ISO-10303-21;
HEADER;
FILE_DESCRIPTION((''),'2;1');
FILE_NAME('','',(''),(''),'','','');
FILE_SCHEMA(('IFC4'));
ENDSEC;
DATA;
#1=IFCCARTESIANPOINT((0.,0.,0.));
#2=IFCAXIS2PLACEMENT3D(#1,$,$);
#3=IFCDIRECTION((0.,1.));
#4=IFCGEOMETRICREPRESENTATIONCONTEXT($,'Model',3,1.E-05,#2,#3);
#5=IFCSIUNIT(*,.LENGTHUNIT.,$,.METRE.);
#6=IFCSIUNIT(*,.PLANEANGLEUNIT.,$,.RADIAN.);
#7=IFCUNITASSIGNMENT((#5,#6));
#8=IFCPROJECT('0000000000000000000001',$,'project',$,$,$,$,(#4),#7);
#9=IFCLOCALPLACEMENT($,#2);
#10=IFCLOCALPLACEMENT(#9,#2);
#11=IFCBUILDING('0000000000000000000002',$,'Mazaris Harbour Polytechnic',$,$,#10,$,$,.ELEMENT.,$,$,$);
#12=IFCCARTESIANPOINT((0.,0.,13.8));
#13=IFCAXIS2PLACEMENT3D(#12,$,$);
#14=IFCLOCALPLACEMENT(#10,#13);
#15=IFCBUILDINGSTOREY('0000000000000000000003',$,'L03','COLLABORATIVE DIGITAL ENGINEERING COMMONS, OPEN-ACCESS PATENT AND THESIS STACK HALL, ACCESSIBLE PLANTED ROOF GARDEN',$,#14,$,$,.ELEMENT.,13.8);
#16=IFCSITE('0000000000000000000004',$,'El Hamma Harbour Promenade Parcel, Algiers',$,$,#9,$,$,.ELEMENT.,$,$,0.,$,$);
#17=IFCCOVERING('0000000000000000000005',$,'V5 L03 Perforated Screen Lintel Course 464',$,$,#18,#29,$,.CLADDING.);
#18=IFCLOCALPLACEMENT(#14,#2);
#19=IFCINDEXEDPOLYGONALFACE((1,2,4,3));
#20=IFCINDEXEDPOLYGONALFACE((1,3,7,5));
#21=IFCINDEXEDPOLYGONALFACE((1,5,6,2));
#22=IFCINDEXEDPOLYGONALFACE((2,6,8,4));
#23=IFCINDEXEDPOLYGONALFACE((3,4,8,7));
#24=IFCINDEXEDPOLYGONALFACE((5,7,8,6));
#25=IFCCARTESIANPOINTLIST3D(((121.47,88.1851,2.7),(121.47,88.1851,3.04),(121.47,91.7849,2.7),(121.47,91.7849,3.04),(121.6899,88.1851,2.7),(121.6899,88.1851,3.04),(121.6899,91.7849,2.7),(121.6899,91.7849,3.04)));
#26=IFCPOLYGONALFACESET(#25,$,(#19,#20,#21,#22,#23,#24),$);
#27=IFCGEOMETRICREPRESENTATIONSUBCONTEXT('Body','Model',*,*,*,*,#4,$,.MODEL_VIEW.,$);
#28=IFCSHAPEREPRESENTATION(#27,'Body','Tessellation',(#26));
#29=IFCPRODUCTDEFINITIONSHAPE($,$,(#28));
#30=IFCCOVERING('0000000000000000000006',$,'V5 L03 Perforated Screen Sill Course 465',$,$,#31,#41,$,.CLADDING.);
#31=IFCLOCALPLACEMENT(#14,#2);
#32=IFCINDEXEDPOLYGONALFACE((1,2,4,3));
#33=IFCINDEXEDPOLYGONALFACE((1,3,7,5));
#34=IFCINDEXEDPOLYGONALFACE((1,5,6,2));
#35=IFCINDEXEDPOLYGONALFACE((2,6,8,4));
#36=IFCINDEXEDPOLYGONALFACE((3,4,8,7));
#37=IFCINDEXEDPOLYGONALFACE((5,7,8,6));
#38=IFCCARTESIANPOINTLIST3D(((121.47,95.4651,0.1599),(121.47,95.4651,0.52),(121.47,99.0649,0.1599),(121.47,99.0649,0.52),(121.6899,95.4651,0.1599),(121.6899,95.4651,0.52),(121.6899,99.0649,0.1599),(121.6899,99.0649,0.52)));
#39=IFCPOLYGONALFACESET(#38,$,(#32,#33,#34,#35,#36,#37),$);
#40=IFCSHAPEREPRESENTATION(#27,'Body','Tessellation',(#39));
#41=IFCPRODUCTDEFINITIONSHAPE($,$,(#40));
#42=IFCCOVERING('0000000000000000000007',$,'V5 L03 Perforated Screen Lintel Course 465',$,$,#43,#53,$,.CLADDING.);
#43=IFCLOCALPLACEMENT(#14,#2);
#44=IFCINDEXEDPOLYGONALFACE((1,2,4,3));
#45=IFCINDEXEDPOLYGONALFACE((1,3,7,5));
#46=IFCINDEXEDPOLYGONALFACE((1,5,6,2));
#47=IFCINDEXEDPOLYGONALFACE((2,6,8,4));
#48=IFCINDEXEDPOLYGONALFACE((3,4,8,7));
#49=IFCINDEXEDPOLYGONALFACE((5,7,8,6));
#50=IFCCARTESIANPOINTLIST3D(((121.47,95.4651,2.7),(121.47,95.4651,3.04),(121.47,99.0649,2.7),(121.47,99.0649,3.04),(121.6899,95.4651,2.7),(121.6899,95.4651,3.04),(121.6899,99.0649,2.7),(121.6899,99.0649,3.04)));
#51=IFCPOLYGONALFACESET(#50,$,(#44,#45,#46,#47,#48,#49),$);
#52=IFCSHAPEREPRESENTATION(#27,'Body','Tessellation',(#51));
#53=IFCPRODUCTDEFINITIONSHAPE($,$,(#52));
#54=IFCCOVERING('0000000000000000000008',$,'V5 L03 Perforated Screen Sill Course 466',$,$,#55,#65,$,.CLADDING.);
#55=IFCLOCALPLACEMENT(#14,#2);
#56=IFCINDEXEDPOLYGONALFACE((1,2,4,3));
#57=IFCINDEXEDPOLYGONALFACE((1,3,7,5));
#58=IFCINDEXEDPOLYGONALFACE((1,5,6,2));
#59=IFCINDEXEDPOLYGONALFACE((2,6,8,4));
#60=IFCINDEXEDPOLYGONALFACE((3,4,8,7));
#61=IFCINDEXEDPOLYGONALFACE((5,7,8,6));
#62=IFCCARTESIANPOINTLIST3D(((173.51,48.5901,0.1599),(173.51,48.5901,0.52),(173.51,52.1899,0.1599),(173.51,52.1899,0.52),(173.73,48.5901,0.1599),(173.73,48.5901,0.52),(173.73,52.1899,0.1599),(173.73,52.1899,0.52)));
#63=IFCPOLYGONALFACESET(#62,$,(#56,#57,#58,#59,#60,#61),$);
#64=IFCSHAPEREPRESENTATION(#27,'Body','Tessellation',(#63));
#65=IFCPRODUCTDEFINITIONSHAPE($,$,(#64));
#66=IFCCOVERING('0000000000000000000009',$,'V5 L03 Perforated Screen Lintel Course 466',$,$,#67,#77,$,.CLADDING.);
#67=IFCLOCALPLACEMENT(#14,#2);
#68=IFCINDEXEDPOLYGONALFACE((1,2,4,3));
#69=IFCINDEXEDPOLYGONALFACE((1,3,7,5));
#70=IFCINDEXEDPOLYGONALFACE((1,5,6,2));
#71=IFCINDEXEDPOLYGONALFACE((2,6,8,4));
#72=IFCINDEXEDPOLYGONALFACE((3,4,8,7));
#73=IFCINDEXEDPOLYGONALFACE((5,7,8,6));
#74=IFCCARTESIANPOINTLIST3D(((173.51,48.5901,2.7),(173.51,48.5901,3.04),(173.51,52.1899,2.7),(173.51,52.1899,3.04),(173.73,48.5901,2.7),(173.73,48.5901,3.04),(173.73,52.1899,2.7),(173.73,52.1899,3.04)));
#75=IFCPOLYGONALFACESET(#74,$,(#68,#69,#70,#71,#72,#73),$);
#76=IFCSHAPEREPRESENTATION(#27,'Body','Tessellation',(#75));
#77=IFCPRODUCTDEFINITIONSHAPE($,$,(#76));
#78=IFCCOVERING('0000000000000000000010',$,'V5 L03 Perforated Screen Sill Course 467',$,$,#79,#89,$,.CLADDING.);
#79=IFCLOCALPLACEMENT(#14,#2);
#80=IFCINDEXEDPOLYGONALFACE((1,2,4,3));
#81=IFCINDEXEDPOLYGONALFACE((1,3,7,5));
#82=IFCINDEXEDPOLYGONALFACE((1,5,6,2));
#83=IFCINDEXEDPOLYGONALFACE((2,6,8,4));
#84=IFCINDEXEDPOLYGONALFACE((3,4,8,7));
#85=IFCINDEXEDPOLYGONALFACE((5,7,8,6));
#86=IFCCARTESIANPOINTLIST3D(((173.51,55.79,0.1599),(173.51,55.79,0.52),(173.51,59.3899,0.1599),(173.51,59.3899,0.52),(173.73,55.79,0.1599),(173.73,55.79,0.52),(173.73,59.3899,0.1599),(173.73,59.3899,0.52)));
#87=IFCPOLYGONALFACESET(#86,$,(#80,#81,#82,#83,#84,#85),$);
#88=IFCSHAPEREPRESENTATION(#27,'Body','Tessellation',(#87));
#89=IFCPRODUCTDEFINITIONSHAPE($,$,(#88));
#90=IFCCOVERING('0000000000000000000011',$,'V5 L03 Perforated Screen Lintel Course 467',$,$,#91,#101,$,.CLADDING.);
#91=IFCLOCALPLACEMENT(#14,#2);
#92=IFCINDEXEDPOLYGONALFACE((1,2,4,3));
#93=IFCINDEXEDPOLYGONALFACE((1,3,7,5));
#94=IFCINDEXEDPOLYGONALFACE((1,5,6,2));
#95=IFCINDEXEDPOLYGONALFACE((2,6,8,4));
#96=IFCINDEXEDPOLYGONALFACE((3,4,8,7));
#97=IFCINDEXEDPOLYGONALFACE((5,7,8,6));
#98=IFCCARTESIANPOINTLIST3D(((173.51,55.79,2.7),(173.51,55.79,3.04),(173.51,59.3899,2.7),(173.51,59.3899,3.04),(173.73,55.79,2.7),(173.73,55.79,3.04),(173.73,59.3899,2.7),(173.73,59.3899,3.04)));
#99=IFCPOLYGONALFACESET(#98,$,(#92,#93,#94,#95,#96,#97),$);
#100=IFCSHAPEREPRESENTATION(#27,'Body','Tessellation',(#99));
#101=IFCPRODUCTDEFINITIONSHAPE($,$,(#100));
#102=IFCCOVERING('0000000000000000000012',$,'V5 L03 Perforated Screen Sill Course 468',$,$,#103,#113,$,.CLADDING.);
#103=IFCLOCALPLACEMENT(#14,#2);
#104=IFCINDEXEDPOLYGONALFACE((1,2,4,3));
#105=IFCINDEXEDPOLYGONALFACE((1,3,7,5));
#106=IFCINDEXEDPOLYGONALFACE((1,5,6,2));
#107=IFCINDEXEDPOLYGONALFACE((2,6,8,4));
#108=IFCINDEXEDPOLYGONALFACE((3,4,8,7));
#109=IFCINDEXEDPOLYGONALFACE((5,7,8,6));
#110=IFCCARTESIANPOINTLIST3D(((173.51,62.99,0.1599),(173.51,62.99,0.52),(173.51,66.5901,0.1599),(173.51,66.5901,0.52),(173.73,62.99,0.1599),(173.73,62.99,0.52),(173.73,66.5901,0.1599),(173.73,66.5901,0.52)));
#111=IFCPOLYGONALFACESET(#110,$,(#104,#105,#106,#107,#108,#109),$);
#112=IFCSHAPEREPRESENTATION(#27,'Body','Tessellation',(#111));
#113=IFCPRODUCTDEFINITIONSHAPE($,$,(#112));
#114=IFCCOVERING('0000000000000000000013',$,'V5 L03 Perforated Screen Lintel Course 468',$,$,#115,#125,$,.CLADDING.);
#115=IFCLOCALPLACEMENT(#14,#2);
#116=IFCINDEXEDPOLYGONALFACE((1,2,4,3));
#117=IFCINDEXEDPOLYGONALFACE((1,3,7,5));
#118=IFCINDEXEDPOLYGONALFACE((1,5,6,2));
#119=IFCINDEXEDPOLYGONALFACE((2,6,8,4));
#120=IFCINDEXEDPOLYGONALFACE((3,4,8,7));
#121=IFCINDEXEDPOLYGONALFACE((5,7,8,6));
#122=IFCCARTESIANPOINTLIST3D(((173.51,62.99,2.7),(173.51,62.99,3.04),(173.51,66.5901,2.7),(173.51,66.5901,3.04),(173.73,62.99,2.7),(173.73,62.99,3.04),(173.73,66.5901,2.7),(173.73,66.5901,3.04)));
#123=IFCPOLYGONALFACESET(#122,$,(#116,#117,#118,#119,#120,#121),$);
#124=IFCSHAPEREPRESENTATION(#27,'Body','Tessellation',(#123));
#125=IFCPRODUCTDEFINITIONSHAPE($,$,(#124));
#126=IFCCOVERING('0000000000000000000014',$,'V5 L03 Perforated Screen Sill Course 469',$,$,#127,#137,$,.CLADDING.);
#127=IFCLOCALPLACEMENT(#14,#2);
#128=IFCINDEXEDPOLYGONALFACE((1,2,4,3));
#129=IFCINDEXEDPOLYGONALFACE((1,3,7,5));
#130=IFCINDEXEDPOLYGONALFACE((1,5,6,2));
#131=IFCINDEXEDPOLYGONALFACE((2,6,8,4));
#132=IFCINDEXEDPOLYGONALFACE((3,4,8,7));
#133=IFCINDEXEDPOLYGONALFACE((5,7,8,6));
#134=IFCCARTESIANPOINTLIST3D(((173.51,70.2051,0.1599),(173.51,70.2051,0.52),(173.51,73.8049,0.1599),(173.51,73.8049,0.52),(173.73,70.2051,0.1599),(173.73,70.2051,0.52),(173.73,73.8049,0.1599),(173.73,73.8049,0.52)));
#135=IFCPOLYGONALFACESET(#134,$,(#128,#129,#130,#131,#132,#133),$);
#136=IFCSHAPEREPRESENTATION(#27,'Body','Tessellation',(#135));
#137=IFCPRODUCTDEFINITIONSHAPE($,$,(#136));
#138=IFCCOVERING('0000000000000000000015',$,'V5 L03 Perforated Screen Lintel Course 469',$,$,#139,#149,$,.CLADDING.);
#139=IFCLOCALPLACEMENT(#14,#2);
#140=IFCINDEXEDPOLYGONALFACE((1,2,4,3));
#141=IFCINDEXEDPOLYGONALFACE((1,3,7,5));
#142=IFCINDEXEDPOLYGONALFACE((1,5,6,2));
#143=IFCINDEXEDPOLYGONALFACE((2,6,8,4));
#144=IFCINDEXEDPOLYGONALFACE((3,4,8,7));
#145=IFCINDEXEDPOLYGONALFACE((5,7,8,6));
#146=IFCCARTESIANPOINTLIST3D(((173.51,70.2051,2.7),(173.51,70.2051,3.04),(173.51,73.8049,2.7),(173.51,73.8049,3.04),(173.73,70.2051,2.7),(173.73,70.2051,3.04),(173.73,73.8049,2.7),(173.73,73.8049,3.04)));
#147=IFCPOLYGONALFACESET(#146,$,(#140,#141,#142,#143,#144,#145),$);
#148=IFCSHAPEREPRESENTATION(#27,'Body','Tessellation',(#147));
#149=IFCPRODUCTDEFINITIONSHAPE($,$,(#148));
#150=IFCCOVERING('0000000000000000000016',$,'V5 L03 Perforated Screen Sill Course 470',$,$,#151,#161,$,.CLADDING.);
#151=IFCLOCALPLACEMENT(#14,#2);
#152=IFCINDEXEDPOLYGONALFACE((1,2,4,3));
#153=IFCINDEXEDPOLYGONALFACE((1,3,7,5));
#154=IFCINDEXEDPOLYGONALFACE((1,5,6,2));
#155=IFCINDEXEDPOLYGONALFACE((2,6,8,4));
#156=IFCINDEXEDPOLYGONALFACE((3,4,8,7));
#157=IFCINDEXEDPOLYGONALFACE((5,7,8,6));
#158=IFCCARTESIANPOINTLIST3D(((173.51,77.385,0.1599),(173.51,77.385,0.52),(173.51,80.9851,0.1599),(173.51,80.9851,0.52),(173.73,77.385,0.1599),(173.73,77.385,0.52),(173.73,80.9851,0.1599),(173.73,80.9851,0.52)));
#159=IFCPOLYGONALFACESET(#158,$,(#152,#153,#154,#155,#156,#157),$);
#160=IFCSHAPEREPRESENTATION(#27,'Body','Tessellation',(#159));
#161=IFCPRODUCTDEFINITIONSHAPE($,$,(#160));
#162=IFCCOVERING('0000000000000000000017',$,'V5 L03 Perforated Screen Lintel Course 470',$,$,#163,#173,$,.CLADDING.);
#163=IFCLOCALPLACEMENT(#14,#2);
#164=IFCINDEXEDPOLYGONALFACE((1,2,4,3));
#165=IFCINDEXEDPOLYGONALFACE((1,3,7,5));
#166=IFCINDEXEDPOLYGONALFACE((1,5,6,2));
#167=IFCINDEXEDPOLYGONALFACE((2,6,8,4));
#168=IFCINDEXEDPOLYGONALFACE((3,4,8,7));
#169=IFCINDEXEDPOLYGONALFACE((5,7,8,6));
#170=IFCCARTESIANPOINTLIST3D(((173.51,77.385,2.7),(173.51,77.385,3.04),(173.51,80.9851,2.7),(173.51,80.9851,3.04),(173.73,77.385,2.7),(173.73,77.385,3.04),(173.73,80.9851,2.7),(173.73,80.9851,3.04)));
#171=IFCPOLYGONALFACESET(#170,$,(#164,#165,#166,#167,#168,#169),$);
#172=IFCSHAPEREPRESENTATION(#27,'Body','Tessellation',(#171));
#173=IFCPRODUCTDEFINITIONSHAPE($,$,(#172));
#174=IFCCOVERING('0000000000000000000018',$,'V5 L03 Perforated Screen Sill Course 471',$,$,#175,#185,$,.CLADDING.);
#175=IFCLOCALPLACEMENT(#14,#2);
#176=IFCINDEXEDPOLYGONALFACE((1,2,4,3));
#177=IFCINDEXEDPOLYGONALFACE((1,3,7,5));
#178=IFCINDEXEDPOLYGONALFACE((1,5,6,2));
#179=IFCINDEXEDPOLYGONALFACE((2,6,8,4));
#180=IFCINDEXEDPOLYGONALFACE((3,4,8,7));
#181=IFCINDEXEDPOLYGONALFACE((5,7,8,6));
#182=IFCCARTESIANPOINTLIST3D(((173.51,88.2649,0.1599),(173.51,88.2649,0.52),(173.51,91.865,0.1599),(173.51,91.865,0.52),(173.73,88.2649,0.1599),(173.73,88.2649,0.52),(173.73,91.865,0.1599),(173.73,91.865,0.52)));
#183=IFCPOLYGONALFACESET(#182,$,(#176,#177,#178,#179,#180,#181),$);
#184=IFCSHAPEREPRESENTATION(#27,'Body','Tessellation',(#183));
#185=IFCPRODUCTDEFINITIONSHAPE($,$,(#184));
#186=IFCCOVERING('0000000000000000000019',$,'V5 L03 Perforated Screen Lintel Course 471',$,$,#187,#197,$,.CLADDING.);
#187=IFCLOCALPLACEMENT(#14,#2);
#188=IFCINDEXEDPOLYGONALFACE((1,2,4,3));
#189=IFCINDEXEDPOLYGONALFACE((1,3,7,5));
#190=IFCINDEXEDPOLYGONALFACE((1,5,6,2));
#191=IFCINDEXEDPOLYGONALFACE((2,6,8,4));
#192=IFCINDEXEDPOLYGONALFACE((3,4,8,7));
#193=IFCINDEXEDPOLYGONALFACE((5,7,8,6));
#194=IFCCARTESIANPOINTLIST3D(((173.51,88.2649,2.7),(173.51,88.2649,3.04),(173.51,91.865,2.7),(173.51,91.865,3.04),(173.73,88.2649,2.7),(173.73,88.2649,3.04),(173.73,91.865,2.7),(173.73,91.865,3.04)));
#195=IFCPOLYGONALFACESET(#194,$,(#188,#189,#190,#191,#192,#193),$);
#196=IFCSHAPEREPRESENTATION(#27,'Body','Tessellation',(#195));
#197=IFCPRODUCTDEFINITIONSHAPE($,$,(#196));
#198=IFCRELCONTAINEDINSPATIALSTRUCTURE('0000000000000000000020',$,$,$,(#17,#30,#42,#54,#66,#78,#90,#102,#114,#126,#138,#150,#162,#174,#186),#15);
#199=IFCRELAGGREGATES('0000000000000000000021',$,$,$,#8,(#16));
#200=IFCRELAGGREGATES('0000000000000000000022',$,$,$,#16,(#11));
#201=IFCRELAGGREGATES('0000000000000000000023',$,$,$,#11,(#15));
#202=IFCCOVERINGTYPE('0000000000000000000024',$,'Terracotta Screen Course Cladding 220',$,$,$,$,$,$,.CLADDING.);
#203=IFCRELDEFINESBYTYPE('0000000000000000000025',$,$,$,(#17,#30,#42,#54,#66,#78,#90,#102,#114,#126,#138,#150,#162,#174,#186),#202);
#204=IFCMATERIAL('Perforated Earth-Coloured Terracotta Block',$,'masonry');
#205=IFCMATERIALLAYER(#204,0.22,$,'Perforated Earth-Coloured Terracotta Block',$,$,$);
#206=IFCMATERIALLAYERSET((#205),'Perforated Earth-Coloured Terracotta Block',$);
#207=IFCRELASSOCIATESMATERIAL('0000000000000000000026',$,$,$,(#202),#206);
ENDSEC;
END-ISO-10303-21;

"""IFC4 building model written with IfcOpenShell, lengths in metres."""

from ifc_helpers import new_model, si_unit, direction, frame, origin, place, context, subcontext, project, spatial, polyline, outline, extrude, material, layer, layer_set, type_object, element, save


model = new_model("IFC4")

# Units and contexts
model_context = context("Model", 3, precision=1e-05, world=origin(), true_north=direction((0.0, 1.0)))
body_context = subcontext(model_context, "Body", "Model", "MODEL_VIEW")
ifc_project = project(units=[si_unit("LENGTHUNIT", "METRE"), si_unit("PLANEANGLEUNIT", "RADIAN")], contexts=[model_context])

# Site, building, storey
site_placement = place(None, origin())
site = spatial("IfcSite", under=ifc_project, at=site_placement, Name="El Hamma Harbour Promenade Parcel, Algiers", CompositionType="ELEMENT", RefElevation=0.0)
building_placement = place(site_placement, origin())
building = spatial("IfcBuilding", under=site, at=building_placement, Name="Mazaris Harbour Polytechnic", CompositionType="ELEMENT")
storey_placement = place(building_placement, frame((0.0, 0.0, 13.8)))
storey = spatial("IfcBuildingStorey", under=building, at=storey_placement, Name="L03", Description="COLLABORATIVE DIGITAL ENGINEERING COMMONS, OPEN-ACCESS PATENT AND THESIS STACK HALL, ACCESSIBLE PLANTED ROOF GARDEN", CompositionType="ELEMENT", Elevation=13.8)

# Coverings
ifc_material = material(Name="Perforated Earth-Coloured Terracotta Block", Category="masonry")
ifc_layer = layer(ifc_material, 0.22, Name="Perforated Earth-Coloured Terracotta Block")
ifc_layer_set = layer_set([ifc_layer], Name="Perforated Earth-Coloured Terracotta Block")
covering_type = type_object("IfcCoveringType", Name="Terracotta Screen Course Cladding 220", PredefinedType="CLADDING", material=ifc_layer_set)
covering_1_placement = place(storey_placement, frame((0.0, 0.0, 2.7)))
element("IfcCovering", 1, at=covering_1_placement, inside=storey, type_object=covering_type, Name="V5 L03 Perforated Screen Lintel Course 464", PredefinedType="CLADDING", context=body_context, shape_type="SweptSolid", body=[
    extrude(outline(polyline([(121.6899, 88.1851), (121.6899, 91.7849), (121.47, 91.7849), (121.47, 88.1851), (121.6899, 88.1851)])), origin(), (0.0, 0.0, 1.0), 0.3401),
])
covering_2_placement = place(storey_placement, frame((0.0, 0.0, 0.1599)))
element("IfcCovering", 2, at=covering_2_placement, inside=storey, type_object=covering_type, Name="V5 L03 Perforated Screen Sill Course 465", PredefinedType="CLADDING", context=body_context, shape_type="SweptSolid", body=[
    extrude(outline(polyline([(121.6899, 95.4651), (121.6899, 99.0649), (121.47, 99.0649), (121.47, 95.4651), (121.6899, 95.4651)])), origin(), (0.0, 0.0, 1.0), 0.3601),
])
covering_3_placement = place(storey_placement, frame((0.0, 0.0, 2.7)))
element("IfcCovering", 3, at=covering_3_placement, inside=storey, type_object=covering_type, Name="V5 L03 Perforated Screen Lintel Course 465", PredefinedType="CLADDING", context=body_context, shape_type="SweptSolid", body=[
    extrude(outline(polyline([(121.6899, 95.4651), (121.6899, 99.0649), (121.47, 99.0649), (121.47, 95.4651), (121.6899, 95.4651)])), origin(), (0.0, 0.0, 1.0), 0.3401),
])
covering_4_placement = place(storey_placement, frame((0.0, 0.0, 0.1599)))
element("IfcCovering", 4, at=covering_4_placement, inside=storey, type_object=covering_type, Name="V5 L03 Perforated Screen Sill Course 466", PredefinedType="CLADDING", context=body_context, shape_type="SweptSolid", body=[
    extrude(outline(polyline([(173.51, 52.1899), (173.51, 48.5901), (173.73, 48.5901), (173.73, 52.1899), (173.51, 52.1899)])), origin(), (0.0, 0.0, 1.0), 0.3601),
])
covering_5_placement = place(storey_placement, frame((0.0, 0.0, 2.7)))
element("IfcCovering", 5, at=covering_5_placement, inside=storey, type_object=covering_type, Name="V5 L03 Perforated Screen Lintel Course 466", PredefinedType="CLADDING", context=body_context, shape_type="SweptSolid", body=[
    extrude(outline(polyline([(173.51, 52.1899), (173.51, 48.5901), (173.73, 48.5901), (173.73, 52.1899), (173.51, 52.1899)])), origin(), (0.0, 0.0, 1.0), 0.3401),
])
covering_6_placement = place(storey_placement, frame((0.0, 0.0, 0.1599)))
element("IfcCovering", 6, at=covering_6_placement, inside=storey, type_object=covering_type, Name="V5 L03 Perforated Screen Sill Course 467", PredefinedType="CLADDING", context=body_context, shape_type="SweptSolid", body=[
    extrude(outline(polyline([(173.51, 59.3899), (173.51, 55.79), (173.73, 55.79), (173.73, 59.3899), (173.51, 59.3899)])), origin(), (0.0, 0.0, 1.0), 0.3601),
])
covering_7_placement = place(storey_placement, frame((0.0, 0.0, 2.7)))
element("IfcCovering", 7, at=covering_7_placement, inside=storey, type_object=covering_type, Name="V5 L03 Perforated Screen Lintel Course 467", PredefinedType="CLADDING", context=body_context, shape_type="SweptSolid", body=[
    extrude(outline(polyline([(173.51, 59.3899), (173.51, 55.79), (173.73, 55.79), (173.73, 59.3899), (173.51, 59.3899)])), origin(), (0.0, 0.0, 1.0), 0.3401),
])
covering_8_placement = place(storey_placement, frame((0.0, 0.0, 0.1599)))
element("IfcCovering", 8, at=covering_8_placement, inside=storey, type_object=covering_type, Name="V5 L03 Perforated Screen Sill Course 468", PredefinedType="CLADDING", context=body_context, shape_type="SweptSolid", body=[
    extrude(outline(polyline([(173.51, 66.5901), (173.51, 62.99), (173.73, 62.99), (173.73, 66.5901), (173.51, 66.5901)])), origin(), (0.0, 0.0, 1.0), 0.3601),
])
covering_9_placement = place(storey_placement, frame((0.0, 0.0, 2.7)))
element("IfcCovering", 9, at=covering_9_placement, inside=storey, type_object=covering_type, Name="V5 L03 Perforated Screen Lintel Course 468", PredefinedType="CLADDING", context=body_context, shape_type="SweptSolid", body=[
    extrude(outline(polyline([(173.51, 66.5901), (173.51, 62.99), (173.73, 62.99), (173.73, 66.5901), (173.51, 66.5901)])), origin(), (0.0, 0.0, 1.0), 0.3401),
])
covering_10_placement = place(storey_placement, frame((0.0, 0.0, 0.1599)))
element("IfcCovering", 10, at=covering_10_placement, inside=storey, type_object=covering_type, Name="V5 L03 Perforated Screen Sill Course 469", PredefinedType="CLADDING", context=body_context, shape_type="SweptSolid", body=[
    extrude(outline(polyline([(173.51, 73.8049), (173.51, 70.2051), (173.73, 70.2051), (173.73, 73.8049), (173.51, 73.8049)])), origin(), (0.0, 0.0, 1.0), 0.3601),
])
covering_11_placement = place(storey_placement, frame((0.0, 0.0, 2.7)))
element("IfcCovering", 11, at=covering_11_placement, inside=storey, type_object=covering_type, Name="V5 L03 Perforated Screen Lintel Course 469", PredefinedType="CLADDING", context=body_context, shape_type="SweptSolid", body=[
    extrude(outline(polyline([(173.51, 73.8049), (173.51, 70.2051), (173.73, 70.2051), (173.73, 73.8049), (173.51, 73.8049)])), origin(), (0.0, 0.0, 1.0), 0.3401),
])
covering_12_placement = place(storey_placement, frame((0.0, 0.0, 0.1599)))
element("IfcCovering", 12, at=covering_12_placement, inside=storey, type_object=covering_type, Name="V5 L03 Perforated Screen Sill Course 470", PredefinedType="CLADDING", context=body_context, shape_type="SweptSolid", body=[
    extrude(outline(polyline([(173.51, 80.9851), (173.51, 77.385), (173.73, 77.385), (173.73, 80.9851), (173.51, 80.9851)])), origin(), (0.0, 0.0, 1.0), 0.3601),
])
covering_13_placement = place(storey_placement, frame((0.0, 0.0, 2.7)))
element("IfcCovering", 13, at=covering_13_placement, inside=storey, type_object=covering_type, Name="V5 L03 Perforated Screen Lintel Course 470", PredefinedType="CLADDING", context=body_context, shape_type="SweptSolid", body=[
    extrude(outline(polyline([(173.51, 80.9851), (173.51, 77.385), (173.73, 77.385), (173.73, 80.9851), (173.51, 80.9851)])), origin(), (0.0, 0.0, 1.0), 0.3401),
])
covering_14_placement = place(storey_placement, frame((0.0, 0.0, 0.1599)))
element("IfcCovering", 14, at=covering_14_placement, inside=storey, type_object=covering_type, Name="V5 L03 Perforated Screen Sill Course 471", PredefinedType="CLADDING", context=body_context, shape_type="SweptSolid", body=[
    extrude(outline(polyline([(173.51, 91.865), (173.51, 88.2649), (173.73, 88.2649), (173.73, 91.865), (173.51, 91.865)])), origin(), (0.0, 0.0, 1.0), 0.3601),
])
covering_15_placement = place(storey_placement, frame((0.0, 0.0, 2.7)))
element("IfcCovering", 15, at=covering_15_placement, inside=storey, type_object=covering_type, Name="V5 L03 Perforated Screen Lintel Course 471", PredefinedType="CLADDING", context=body_context, shape_type="SweptSolid", body=[
    extrude(outline(polyline([(173.51, 91.865), (173.51, 88.2649), (173.73, 88.2649), (173.73, 91.865), (173.51, 91.865)])), origin(), (0.0, 0.0, 1.0), 0.3401),
])

save(model, "model.ifc")
